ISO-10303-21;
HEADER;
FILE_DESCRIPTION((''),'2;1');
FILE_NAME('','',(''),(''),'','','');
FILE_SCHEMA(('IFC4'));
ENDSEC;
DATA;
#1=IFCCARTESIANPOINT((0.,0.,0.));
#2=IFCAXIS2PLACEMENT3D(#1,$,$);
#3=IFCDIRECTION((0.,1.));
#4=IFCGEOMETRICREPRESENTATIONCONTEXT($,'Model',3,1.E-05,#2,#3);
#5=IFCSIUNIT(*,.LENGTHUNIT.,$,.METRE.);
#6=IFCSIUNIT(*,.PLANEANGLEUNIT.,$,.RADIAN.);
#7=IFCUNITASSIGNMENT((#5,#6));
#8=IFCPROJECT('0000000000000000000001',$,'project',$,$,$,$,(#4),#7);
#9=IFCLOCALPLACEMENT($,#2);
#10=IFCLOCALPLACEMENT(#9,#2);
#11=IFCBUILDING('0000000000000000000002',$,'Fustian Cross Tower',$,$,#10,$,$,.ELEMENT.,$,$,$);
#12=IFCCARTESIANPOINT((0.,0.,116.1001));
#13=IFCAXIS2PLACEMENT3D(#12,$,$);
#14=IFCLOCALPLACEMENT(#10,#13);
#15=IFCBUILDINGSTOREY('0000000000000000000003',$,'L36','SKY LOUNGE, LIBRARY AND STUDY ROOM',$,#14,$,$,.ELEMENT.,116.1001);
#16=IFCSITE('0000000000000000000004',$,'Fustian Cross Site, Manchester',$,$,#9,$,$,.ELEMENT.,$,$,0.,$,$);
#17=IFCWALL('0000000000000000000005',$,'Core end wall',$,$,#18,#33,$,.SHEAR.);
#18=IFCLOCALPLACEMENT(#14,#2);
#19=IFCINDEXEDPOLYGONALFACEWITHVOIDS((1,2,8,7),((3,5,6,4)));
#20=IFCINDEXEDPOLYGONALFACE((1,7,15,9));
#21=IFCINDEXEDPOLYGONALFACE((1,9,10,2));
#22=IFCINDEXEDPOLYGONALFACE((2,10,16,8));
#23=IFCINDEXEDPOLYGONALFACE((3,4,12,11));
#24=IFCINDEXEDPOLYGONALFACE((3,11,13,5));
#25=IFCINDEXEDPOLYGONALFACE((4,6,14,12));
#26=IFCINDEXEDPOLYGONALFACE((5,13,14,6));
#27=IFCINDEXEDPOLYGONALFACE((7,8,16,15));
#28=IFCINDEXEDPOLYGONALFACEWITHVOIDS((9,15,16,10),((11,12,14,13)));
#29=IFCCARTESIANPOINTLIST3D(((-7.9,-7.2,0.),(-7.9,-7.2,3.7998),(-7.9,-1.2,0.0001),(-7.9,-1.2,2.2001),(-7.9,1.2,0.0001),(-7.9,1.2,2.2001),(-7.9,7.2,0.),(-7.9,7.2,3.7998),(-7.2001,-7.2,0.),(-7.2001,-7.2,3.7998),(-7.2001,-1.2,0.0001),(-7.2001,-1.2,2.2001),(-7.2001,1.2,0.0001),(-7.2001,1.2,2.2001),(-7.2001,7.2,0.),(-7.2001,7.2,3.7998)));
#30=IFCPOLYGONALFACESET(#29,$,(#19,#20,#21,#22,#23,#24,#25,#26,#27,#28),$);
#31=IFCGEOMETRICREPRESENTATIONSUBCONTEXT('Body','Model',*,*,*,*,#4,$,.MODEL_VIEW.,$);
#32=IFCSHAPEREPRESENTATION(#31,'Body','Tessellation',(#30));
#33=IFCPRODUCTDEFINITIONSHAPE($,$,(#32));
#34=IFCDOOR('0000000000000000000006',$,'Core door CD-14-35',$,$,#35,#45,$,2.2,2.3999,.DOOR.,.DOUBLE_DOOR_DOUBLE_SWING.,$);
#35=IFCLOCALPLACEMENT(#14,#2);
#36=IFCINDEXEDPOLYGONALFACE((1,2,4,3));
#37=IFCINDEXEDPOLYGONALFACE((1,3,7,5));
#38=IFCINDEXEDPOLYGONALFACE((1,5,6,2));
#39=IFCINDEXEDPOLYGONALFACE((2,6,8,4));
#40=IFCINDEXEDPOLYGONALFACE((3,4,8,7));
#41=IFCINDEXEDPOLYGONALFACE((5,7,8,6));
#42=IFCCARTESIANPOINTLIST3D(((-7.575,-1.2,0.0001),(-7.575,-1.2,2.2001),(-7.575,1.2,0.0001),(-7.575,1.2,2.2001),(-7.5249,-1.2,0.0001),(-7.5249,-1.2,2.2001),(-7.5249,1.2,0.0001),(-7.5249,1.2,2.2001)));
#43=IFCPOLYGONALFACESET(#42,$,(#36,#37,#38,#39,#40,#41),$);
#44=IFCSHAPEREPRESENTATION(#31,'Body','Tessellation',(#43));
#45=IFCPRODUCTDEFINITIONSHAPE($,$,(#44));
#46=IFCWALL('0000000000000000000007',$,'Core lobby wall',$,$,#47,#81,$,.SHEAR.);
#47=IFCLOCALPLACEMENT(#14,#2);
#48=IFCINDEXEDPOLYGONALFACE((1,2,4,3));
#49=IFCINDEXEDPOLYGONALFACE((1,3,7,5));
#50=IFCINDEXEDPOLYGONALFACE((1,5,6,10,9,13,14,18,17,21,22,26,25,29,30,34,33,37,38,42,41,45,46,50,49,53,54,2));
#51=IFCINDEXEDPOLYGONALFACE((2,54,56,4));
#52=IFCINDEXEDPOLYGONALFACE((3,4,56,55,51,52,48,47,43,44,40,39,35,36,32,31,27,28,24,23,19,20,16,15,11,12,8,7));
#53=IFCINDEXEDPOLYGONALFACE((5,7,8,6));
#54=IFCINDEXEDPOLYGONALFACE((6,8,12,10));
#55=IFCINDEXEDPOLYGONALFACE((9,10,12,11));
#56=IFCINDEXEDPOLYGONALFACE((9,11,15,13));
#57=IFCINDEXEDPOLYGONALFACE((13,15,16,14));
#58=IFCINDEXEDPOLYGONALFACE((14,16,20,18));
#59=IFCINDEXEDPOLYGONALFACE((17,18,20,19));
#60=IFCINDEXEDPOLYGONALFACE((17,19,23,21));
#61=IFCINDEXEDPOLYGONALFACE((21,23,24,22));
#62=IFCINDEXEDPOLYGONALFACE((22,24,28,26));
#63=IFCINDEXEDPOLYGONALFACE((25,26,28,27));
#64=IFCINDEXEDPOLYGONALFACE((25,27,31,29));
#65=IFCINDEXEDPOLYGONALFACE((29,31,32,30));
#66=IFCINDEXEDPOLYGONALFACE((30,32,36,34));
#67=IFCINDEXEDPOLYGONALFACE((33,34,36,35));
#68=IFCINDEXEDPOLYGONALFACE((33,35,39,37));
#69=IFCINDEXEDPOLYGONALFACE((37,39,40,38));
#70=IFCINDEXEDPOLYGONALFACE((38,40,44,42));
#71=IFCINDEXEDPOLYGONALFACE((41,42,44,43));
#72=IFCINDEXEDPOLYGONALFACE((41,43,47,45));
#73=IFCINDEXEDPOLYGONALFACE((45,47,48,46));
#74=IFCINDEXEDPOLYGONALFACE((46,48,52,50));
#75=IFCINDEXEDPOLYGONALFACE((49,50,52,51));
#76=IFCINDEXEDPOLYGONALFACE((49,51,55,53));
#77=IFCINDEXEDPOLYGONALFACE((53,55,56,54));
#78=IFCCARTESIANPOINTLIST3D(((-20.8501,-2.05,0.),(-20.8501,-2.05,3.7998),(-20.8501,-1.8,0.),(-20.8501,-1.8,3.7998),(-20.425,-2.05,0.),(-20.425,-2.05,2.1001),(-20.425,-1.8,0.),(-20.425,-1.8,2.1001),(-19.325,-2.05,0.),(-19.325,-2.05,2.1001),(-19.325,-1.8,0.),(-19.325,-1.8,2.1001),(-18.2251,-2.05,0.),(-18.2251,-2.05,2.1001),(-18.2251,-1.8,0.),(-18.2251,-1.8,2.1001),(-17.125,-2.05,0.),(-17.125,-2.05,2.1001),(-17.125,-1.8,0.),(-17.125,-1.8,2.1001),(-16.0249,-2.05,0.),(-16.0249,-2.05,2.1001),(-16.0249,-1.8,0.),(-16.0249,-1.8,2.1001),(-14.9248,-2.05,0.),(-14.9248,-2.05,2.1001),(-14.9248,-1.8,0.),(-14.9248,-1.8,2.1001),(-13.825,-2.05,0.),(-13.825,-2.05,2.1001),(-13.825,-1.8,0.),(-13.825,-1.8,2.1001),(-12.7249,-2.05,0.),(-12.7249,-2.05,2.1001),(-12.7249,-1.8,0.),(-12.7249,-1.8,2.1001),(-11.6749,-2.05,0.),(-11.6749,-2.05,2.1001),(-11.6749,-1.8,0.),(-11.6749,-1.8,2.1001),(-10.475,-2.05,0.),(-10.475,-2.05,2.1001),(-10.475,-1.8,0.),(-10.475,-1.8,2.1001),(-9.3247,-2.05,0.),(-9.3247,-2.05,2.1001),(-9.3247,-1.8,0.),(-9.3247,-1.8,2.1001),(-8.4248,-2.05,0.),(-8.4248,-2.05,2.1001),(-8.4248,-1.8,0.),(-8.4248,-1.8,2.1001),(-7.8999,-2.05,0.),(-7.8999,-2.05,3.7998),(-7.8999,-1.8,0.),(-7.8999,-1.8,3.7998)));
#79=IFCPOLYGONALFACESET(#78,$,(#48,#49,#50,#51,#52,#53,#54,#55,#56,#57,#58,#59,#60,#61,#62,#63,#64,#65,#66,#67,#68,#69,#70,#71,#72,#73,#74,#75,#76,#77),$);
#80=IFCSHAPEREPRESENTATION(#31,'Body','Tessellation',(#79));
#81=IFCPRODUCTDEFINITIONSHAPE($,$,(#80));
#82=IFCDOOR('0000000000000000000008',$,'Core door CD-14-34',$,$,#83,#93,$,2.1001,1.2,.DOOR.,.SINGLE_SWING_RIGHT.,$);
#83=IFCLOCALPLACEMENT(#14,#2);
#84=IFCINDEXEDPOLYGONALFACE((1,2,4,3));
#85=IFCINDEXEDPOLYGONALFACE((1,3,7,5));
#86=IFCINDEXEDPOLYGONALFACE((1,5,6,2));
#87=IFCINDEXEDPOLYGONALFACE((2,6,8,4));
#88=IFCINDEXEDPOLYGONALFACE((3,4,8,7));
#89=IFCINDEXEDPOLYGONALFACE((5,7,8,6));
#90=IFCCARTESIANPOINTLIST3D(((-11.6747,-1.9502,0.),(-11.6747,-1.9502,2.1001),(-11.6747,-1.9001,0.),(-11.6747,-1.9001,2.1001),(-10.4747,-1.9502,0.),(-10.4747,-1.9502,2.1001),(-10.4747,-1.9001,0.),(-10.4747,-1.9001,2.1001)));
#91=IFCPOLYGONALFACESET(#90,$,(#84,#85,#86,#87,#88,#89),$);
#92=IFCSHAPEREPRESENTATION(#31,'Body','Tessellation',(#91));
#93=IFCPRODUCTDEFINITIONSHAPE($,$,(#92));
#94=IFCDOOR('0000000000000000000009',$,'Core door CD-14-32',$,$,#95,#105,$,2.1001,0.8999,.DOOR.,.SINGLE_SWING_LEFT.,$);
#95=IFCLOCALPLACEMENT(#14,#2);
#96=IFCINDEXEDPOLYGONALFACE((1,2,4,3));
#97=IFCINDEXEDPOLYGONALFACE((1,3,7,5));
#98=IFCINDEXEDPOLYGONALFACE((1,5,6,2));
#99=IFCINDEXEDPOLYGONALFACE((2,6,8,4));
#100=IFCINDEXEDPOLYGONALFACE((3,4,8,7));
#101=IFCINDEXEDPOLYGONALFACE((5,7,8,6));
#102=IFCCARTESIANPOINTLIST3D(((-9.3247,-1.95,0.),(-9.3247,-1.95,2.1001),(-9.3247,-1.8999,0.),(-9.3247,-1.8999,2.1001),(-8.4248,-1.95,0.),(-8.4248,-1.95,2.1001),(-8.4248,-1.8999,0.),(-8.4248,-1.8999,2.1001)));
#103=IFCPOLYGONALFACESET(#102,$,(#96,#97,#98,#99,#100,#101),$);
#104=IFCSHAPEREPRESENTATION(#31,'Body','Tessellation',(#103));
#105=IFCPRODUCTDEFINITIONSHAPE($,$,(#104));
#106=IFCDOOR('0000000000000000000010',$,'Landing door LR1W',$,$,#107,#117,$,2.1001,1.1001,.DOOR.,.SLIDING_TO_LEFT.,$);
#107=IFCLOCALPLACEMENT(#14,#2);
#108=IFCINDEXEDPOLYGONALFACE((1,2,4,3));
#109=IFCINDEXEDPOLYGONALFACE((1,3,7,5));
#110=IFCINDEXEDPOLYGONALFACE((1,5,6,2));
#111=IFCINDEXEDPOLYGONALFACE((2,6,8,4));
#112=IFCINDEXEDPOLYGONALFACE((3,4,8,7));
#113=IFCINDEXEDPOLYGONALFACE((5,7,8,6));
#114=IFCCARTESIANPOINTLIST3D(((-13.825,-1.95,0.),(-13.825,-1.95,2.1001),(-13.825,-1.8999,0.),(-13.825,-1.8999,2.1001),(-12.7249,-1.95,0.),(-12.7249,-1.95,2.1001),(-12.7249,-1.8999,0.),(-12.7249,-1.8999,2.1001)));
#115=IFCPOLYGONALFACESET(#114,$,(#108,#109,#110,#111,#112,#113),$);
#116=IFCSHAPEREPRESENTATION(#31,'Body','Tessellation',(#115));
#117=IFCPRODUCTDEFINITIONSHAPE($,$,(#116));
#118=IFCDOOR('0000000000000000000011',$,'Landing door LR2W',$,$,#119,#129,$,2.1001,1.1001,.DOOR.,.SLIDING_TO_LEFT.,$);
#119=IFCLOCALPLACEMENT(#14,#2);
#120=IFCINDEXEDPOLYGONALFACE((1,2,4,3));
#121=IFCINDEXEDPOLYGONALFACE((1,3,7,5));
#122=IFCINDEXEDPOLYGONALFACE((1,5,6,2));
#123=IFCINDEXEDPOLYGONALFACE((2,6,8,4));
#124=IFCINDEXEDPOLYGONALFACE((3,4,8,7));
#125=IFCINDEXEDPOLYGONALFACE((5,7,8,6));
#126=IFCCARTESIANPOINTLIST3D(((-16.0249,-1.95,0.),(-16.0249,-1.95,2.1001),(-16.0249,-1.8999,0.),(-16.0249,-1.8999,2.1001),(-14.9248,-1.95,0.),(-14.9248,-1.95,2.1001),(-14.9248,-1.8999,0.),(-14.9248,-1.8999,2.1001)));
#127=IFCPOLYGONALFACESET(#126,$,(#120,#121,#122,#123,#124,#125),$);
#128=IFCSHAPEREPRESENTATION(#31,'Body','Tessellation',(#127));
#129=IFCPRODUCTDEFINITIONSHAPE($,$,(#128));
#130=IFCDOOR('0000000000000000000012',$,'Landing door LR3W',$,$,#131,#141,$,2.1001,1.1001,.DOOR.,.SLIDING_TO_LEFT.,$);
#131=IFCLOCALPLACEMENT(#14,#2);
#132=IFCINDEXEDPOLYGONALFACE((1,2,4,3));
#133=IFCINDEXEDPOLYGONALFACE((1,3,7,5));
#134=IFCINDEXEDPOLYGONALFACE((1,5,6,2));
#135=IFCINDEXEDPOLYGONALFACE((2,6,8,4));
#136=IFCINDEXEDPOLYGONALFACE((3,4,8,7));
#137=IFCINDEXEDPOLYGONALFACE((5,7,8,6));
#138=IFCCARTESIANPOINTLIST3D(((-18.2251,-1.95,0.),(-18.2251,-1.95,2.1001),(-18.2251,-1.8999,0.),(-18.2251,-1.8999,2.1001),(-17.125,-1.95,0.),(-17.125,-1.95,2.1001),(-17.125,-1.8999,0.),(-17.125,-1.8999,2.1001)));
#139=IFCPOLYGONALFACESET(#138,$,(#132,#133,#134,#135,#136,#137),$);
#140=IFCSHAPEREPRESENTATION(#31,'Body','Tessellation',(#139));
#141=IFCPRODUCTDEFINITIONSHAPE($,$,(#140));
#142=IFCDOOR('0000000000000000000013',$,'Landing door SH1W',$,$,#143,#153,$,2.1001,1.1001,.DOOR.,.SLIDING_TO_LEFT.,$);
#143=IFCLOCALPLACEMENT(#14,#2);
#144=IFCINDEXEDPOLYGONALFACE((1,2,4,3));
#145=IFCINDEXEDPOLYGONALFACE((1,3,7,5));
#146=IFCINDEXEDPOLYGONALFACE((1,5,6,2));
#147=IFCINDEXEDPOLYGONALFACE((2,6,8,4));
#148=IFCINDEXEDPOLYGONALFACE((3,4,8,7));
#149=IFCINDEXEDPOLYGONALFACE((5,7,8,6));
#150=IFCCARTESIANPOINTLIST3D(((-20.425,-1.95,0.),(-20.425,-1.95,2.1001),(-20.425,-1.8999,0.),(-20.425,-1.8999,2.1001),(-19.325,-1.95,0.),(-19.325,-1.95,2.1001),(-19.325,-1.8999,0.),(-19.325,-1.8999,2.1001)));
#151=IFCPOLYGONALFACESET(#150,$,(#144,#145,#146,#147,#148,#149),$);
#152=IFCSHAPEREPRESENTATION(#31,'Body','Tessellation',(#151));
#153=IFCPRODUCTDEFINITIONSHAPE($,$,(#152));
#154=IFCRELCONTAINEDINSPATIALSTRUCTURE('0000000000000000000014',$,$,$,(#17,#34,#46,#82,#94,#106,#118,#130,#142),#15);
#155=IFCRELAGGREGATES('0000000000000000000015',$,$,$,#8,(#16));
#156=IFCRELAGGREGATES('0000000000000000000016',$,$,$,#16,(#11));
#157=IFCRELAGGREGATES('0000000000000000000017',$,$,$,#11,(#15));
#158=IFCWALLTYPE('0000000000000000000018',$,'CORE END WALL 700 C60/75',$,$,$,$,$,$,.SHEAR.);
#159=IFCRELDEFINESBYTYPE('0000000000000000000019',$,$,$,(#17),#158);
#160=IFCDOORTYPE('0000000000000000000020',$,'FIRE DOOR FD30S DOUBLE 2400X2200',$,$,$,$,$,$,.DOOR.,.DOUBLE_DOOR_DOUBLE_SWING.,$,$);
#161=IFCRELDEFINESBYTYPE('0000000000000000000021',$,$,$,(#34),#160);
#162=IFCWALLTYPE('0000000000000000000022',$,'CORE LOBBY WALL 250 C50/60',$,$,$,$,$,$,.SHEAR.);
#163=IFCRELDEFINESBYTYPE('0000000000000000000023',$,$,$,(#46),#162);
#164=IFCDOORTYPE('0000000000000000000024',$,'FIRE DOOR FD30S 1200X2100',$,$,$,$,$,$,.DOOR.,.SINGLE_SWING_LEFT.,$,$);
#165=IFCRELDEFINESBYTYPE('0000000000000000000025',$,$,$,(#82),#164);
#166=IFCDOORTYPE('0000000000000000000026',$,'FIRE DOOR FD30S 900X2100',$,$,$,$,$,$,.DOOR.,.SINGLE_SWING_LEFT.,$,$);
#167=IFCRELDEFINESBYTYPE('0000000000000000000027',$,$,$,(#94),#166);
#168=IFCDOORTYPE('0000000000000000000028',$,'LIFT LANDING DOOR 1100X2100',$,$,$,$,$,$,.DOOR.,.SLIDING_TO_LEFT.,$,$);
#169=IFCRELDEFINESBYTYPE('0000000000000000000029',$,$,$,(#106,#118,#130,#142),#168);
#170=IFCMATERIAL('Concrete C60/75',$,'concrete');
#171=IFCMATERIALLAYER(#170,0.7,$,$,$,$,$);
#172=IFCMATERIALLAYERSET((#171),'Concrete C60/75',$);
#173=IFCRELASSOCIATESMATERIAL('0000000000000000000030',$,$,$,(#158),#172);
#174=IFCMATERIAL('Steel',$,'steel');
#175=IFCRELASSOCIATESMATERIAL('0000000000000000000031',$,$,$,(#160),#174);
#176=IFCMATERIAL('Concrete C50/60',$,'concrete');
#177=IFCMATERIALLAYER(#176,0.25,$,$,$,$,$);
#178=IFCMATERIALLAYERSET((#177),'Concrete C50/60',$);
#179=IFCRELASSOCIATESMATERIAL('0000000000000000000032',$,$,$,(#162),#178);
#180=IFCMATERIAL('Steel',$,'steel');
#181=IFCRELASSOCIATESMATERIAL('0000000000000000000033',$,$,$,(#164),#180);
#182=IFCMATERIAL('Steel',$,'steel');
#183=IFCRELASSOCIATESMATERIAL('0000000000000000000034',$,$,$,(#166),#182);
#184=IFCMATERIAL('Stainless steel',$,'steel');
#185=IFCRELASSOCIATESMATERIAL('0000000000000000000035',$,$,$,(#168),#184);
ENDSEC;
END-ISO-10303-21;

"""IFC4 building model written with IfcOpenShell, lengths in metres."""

from ifc_helpers import new_model, si_unit, direction, frame, frame_2d, origin, place, context, subcontext, project, spatial, rectangle, extrude, material, layer, layer_set, type_object, element, fill, save


model = new_model("IFC4")

# Units and contexts
model_context = context("Model", 3, precision=1e-05, world=origin(), true_north=direction((0.0, 1.0)))
body_context = subcontext(model_context, "Body", "Model", "MODEL_VIEW")
ifc_project = project(units=[si_unit("LENGTHUNIT", "METRE"), si_unit("PLANEANGLEUNIT", "RADIAN")], contexts=[model_context])

# Site, building, storey
site_placement = place(None, origin())
site = spatial("IfcSite", under=ifc_project, at=site_placement, Name="Fustian Cross Site, Manchester", CompositionType="ELEMENT", RefElevation=0.0)
building_placement = place(site_placement, origin())
building = spatial("IfcBuilding", under=site, at=building_placement, Name="Fustian Cross Tower", CompositionType="ELEMENT")
storey_placement = place(building_placement, frame((0.0, 0.0, 116.1001)))
storey = spatial("IfcBuildingStorey", under=building, at=storey_placement, Name="L36", Description="SKY LOUNGE, LIBRARY AND STUDY ROOM", CompositionType="ELEMENT", Elevation=116.1001)

# Wall, opening, door
ifc_material_1 = material(Name="Concrete C60/75", Category="concrete")
ifc_layer_1 = layer(ifc_material_1, 0.7)
ifc_layer_set_1 = layer_set([ifc_layer_1], Name="Concrete C60/75")
wall_type_1 = type_object("IfcWallType", Name="CORE END WALL 700 C60/75", PredefinedType="SHEAR", material=ifc_layer_set_1)
wall_1_placement = place(storey_placement, frame((-7.55, -7.2, 0.0), z_axis=(0.0, 0.0, 1.0), x_axis=(0.0, 1.0, 0.0)))
wall_1 = element("IfcWall", 1, at=wall_1_placement, inside=storey, type_object=wall_type_1, Name="Core end wall", PredefinedType="SHEAR", context=body_context, shape_type="SweptSolid", body=[
    extrude(rectangle(XDim=14.3999, YDim=0.7, at=frame_2d((7.2, 0.0))), origin(), (0.0, 0.0, 1.0), 3.7998),
])
opening_1_placement = place(wall_1_placement, frame((6.0, 0.0, 0.0)))
opening_1 = element("IfcOpeningElement", 2, at=opening_1_placement, cuts=wall_1, PredefinedType="OPENING", context=body_context, shape_type="SweptSolid", body=[
    extrude(rectangle(XDim=2.3999, YDim=2.2, at=frame_2d((1.2, 1.1001))), frame((0.0, 0.3599, 0.0), z_axis=(0.0, -1.0, 0.0), x_axis=(1.0, 0.0, 0.0)), (0.0, 0.0, 1.0), 0.72),
])
ifc_material_2 = material(Name="Steel", Category="steel")
door_type_1 = type_object("IfcDoorType", Name="FIRE DOOR FD30S DOUBLE 2400X2200", OperationType="DOUBLE_DOOR_DOUBLE_SWING", PredefinedType="DOOR", material=ifc_material_2)
door_1_placement = place(opening_1_placement, origin())
door_1 = element("IfcDoor", 3, at=door_1_placement, inside=storey, type_object=door_type_1, Name="Core door CD-14-35", OperationType="DOUBLE_DOOR_DOUBLE_SWING", OverallHeight=2.2, OverallWidth=2.3999, PredefinedType="DOOR", context=body_context, shape_type="SweptSolid", body=[
    extrude(rectangle(XDim=2.3999, YDim=2.2, at=frame_2d((1.2, 1.1001))), frame((0.0, 0.0249, 0.0), z_axis=(0.0, -1.0, 0.0), x_axis=(1.0, 0.0, 0.0)), (0.0, 0.0, 1.0), 0.05),
])
fill(opening_1, door_1)

# Wall, openings, doors
ifc_material_3 = material(Name="Concrete C50/60", Category="concrete")
ifc_layer_2 = layer(ifc_material_3, 0.25)
ifc_layer_set_2 = layer_set([ifc_layer_2], Name="Concrete C50/60")
wall_type_2 = type_object("IfcWallType", Name="CORE LOBBY WALL 250 C50/60", PredefinedType="SHEAR", material=ifc_layer_set_2)
wall_2_placement = place(storey_placement, frame((-7.8999, -1.925, 0.0), z_axis=(0.0, 0.0, 1.0), x_axis=(-1.0, 0.0, 0.0)))
wall_2 = element("IfcWall", 4, at=wall_2_placement, inside=storey, type_object=wall_type_2, Name="Core lobby wall", PredefinedType="SHEAR", context=body_context, shape_type="SweptSolid", body=[
    extrude(rectangle(XDim=12.9502, YDim=0.25, at=frame_2d((6.4751, 0.0))), origin(), (0.0, 0.0, 1.0), 3.7998),
])
opening_2_placement = place(wall_2_placement, frame((4.825, 0.0, 0.0)))
opening_2 = element("IfcOpeningElement", 5, at=opening_2_placement, cuts=wall_2, PredefinedType="OPENING", context=body_context, shape_type="SweptSolid", body=[
    extrude(rectangle(XDim=1.1001, YDim=2.1001, at=frame_2d((0.55, 1.05))), frame((0.0, 0.135, 0.0), z_axis=(0.0, -1.0, 0.0), x_axis=(1.0, 0.0, 0.0)), (0.0, 0.0, 1.0), 0.27),
])
opening_3_placement = place(wall_2_placement, frame((7.0249, 0.0, 0.0)))
opening_3 = element("IfcOpeningElement", 6, at=opening_3_placement, cuts=wall_2, PredefinedType="OPENING", context=body_context, shape_type="SweptSolid", body=[
    extrude(rectangle(XDim=1.1001, YDim=2.1001, at=frame_2d((0.55, 1.05))), frame((0.0, 0.135, 0.0), z_axis=(0.0, -1.0, 0.0), x_axis=(1.0, 0.0, 0.0)), (0.0, 0.0, 1.0), 0.27),
])
opening_4_placement = place(wall_2_placement, frame((9.2251, 0.0, 0.0)))
opening_4 = element("IfcOpeningElement", 7, at=opening_4_placement, cuts=wall_2, PredefinedType="OPENING", context=body_context, shape_type="SweptSolid", body=[
    extrude(rectangle(XDim=1.1001, YDim=2.1001, at=frame_2d((0.55, 1.05))), frame((0.0, 0.135, 0.0), z_axis=(0.0, -1.0, 0.0), x_axis=(1.0, 0.0, 0.0)), (0.0, 0.0, 1.0), 0.27),
])
opening_5_placement = place(wall_2_placement, frame((11.425, 0.0, 0.0)))
opening_5 = element("IfcOpeningElement", 8, at=opening_5_placement, cuts=wall_2, PredefinedType="OPENING", context=body_context, shape_type="SweptSolid", body=[
    extrude(rectangle(XDim=1.1001, YDim=2.1001, at=frame_2d((0.55, 1.05))), frame((0.0, 0.135, 0.0), z_axis=(0.0, -1.0, 0.0), x_axis=(1.0, 0.0, 0.0)), (0.0, 0.0, 1.0), 0.27),
])
opening_6_placement = place(wall_2_placement, frame((0.5249, 0.0, 0.0)))
opening_6 = element("IfcOpeningElement", 9, at=opening_6_placement, cuts=wall_2, PredefinedType="OPENING", context=body_context, shape_type="SweptSolid", body=[
    extrude(rectangle(XDim=0.8999, YDim=2.1001, at=frame_2d((0.45, 1.05))), frame((0.0, 0.135, 0.0), z_axis=(0.0, -1.0, 0.0), x_axis=(1.0, 0.0, 0.0)), (0.0, 0.0, 1.0), 0.27),
])
opening_7_placement = place(wall_2_placement, frame((2.575, 0.0, 0.0)))
opening_7 = element("IfcOpeningElement", 10, at=opening_7_placement, cuts=wall_2, PredefinedType="OPENING", context=body_context, shape_type="SweptSolid", body=[
    extrude(rectangle(XDim=1.2, YDim=2.1001, at=frame_2d((0.6001, 1.05))), frame((0.0, 0.135, 0.0), z_axis=(0.0, -1.0, 0.0), x_axis=(1.0, 0.0, 0.0)), (0.0, 0.0, 1.0), 0.27),
])
ifc_material_4 = material(Name="Steel", Category="steel")
door_type_2 = type_object("IfcDoorType", Name="FIRE DOOR FD30S 1200X2100", OperationType="SINGLE_SWING_LEFT", PredefinedType="DOOR", material=ifc_material_4)
door_2_placement = place(opening_7_placement, frame((1.2, 0.0, 0.0), z_axis=(0.0, 0.0, 1.0), x_axis=(-1.0, 0.0, 0.0)))
door_2 = element("IfcDoor", 11, at=door_2_placement, inside=storey, type_object=door_type_2, Name="Core door CD-14-34", OperationType="SINGLE_SWING_RIGHT", OverallHeight=2.1001, OverallWidth=1.2, PredefinedType="DOOR", context=body_context, shape_type="SweptSolid", body=[
    extrude(rectangle(XDim=1.2, YDim=2.1001, at=frame_2d((0.6001, 1.05))), frame((0.0, 0.0249, 0.0), z_axis=(0.0, -1.0, 0.0), x_axis=(1.0, 0.0, 0.0)), (0.0, 0.0, 1.0), 0.05),
])
fill(opening_7, door_2)
ifc_material_5 = material(Name="Steel", Category="steel")
door_type_3 = type_object("IfcDoorType", Name="FIRE DOOR FD30S 900X2100", OperationType="SINGLE_SWING_LEFT", PredefinedType="DOOR", material=ifc_material_5)
door_3_placement = place(opening_6_placement, origin())
door_3 = element("IfcDoor", 12, at=door_3_placement, inside=storey, type_object=door_type_3, Name="Core door CD-14-32", OperationType="SINGLE_SWING_LEFT", OverallHeight=2.1001, OverallWidth=0.8999, PredefinedType="DOOR", context=body_context, shape_type="SweptSolid", body=[
    extrude(rectangle(XDim=0.8999, YDim=2.1001, at=frame_2d((0.45, 1.05))), frame((0.0, 0.0249, 0.0), z_axis=(0.0, -1.0, 0.0), x_axis=(1.0, 0.0, 0.0)), (0.0, 0.0, 1.0), 0.05),
])
fill(opening_6, door_3)
ifc_material_6 = material(Name="Stainless steel", Category="steel")
door_type_4 = type_object("IfcDoorType", Name="LIFT LANDING DOOR 1100X2100", OperationType="SLIDING_TO_LEFT", PredefinedType="DOOR", material=ifc_material_6)
door_4_placement = place(opening_2_placement, origin())
door_4 = element("IfcDoor", 13, at=door_4_placement, inside=storey, type_object=door_type_4, Name="Landing door LR1W", OperationType="SLIDING_TO_LEFT", OverallHeight=2.1001, OverallWidth=1.1001, PredefinedType="DOOR", context=body_context, shape_type="SweptSolid", body=[
    extrude(rectangle(XDim=1.1001, YDim=2.1001, at=frame_2d((0.55, 1.05))), frame((0.0, 0.0249, 0.0), z_axis=(0.0, -1.0, 0.0), x_axis=(1.0, 0.0, 0.0)), (0.0, 0.0, 1.0), 0.05),
])
fill(opening_2, door_4)
door_5_placement = place(opening_3_placement, origin())
door_5 = element("IfcDoor", 14, at=door_5_placement, inside=storey, type_object=door_type_4, Name="Landing door LR2W", OperationType="SLIDING_TO_LEFT", OverallHeight=2.1001, OverallWidth=1.1001, PredefinedType="DOOR", context=body_context, shape_type="SweptSolid", body=[
    extrude(rectangle(XDim=1.1001, YDim=2.1001, at=frame_2d((0.55, 1.05))), frame((0.0, 0.0249, 0.0), z_axis=(0.0, -1.0, 0.0), x_axis=(1.0, 0.0, 0.0)), (0.0, 0.0, 1.0), 0.05),
])
fill(opening_3, door_5)
door_6_placement = place(opening_4_placement, origin())
door_6 = element("IfcDoor", 15, at=door_6_placement, inside=storey, type_object=door_type_4, Name="Landing door LR3W", OperationType="SLIDING_TO_LEFT", OverallHeight=2.1001, OverallWidth=1.1001, PredefinedType="DOOR", context=body_context, shape_type="SweptSolid", body=[
    extrude(rectangle(XDim=1.1001, YDim=2.1001, at=frame_2d((0.55, 1.05))), frame((0.0, 0.0249, 0.0), z_axis=(0.0, -1.0, 0.0), x_axis=(1.0, 0.0, 0.0)), (0.0, 0.0, 1.0), 0.05),
])
fill(opening_4, door_6)
door_7_placement = place(opening_5_placement, origin())
door_7 = element("IfcDoor", 16, at=door_7_placement, inside=storey, type_object=door_type_4, Name="Landing door SH1W", OperationType="SLIDING_TO_LEFT", OverallHeight=2.1001, OverallWidth=1.1001, PredefinedType="DOOR", context=body_context, shape_type="SweptSolid", body=[
    extrude(rectangle(XDim=1.1001, YDim=2.1001, at=frame_2d((0.55, 1.05))), frame((0.0, 0.0249, 0.0), z_axis=(0.0, -1.0, 0.0), x_axis=(1.0, 0.0, 0.0)), (0.0, 0.0, 1.0), 0.05),
])
fill(opening_5, door_7)

save(model, "model.ifc")
